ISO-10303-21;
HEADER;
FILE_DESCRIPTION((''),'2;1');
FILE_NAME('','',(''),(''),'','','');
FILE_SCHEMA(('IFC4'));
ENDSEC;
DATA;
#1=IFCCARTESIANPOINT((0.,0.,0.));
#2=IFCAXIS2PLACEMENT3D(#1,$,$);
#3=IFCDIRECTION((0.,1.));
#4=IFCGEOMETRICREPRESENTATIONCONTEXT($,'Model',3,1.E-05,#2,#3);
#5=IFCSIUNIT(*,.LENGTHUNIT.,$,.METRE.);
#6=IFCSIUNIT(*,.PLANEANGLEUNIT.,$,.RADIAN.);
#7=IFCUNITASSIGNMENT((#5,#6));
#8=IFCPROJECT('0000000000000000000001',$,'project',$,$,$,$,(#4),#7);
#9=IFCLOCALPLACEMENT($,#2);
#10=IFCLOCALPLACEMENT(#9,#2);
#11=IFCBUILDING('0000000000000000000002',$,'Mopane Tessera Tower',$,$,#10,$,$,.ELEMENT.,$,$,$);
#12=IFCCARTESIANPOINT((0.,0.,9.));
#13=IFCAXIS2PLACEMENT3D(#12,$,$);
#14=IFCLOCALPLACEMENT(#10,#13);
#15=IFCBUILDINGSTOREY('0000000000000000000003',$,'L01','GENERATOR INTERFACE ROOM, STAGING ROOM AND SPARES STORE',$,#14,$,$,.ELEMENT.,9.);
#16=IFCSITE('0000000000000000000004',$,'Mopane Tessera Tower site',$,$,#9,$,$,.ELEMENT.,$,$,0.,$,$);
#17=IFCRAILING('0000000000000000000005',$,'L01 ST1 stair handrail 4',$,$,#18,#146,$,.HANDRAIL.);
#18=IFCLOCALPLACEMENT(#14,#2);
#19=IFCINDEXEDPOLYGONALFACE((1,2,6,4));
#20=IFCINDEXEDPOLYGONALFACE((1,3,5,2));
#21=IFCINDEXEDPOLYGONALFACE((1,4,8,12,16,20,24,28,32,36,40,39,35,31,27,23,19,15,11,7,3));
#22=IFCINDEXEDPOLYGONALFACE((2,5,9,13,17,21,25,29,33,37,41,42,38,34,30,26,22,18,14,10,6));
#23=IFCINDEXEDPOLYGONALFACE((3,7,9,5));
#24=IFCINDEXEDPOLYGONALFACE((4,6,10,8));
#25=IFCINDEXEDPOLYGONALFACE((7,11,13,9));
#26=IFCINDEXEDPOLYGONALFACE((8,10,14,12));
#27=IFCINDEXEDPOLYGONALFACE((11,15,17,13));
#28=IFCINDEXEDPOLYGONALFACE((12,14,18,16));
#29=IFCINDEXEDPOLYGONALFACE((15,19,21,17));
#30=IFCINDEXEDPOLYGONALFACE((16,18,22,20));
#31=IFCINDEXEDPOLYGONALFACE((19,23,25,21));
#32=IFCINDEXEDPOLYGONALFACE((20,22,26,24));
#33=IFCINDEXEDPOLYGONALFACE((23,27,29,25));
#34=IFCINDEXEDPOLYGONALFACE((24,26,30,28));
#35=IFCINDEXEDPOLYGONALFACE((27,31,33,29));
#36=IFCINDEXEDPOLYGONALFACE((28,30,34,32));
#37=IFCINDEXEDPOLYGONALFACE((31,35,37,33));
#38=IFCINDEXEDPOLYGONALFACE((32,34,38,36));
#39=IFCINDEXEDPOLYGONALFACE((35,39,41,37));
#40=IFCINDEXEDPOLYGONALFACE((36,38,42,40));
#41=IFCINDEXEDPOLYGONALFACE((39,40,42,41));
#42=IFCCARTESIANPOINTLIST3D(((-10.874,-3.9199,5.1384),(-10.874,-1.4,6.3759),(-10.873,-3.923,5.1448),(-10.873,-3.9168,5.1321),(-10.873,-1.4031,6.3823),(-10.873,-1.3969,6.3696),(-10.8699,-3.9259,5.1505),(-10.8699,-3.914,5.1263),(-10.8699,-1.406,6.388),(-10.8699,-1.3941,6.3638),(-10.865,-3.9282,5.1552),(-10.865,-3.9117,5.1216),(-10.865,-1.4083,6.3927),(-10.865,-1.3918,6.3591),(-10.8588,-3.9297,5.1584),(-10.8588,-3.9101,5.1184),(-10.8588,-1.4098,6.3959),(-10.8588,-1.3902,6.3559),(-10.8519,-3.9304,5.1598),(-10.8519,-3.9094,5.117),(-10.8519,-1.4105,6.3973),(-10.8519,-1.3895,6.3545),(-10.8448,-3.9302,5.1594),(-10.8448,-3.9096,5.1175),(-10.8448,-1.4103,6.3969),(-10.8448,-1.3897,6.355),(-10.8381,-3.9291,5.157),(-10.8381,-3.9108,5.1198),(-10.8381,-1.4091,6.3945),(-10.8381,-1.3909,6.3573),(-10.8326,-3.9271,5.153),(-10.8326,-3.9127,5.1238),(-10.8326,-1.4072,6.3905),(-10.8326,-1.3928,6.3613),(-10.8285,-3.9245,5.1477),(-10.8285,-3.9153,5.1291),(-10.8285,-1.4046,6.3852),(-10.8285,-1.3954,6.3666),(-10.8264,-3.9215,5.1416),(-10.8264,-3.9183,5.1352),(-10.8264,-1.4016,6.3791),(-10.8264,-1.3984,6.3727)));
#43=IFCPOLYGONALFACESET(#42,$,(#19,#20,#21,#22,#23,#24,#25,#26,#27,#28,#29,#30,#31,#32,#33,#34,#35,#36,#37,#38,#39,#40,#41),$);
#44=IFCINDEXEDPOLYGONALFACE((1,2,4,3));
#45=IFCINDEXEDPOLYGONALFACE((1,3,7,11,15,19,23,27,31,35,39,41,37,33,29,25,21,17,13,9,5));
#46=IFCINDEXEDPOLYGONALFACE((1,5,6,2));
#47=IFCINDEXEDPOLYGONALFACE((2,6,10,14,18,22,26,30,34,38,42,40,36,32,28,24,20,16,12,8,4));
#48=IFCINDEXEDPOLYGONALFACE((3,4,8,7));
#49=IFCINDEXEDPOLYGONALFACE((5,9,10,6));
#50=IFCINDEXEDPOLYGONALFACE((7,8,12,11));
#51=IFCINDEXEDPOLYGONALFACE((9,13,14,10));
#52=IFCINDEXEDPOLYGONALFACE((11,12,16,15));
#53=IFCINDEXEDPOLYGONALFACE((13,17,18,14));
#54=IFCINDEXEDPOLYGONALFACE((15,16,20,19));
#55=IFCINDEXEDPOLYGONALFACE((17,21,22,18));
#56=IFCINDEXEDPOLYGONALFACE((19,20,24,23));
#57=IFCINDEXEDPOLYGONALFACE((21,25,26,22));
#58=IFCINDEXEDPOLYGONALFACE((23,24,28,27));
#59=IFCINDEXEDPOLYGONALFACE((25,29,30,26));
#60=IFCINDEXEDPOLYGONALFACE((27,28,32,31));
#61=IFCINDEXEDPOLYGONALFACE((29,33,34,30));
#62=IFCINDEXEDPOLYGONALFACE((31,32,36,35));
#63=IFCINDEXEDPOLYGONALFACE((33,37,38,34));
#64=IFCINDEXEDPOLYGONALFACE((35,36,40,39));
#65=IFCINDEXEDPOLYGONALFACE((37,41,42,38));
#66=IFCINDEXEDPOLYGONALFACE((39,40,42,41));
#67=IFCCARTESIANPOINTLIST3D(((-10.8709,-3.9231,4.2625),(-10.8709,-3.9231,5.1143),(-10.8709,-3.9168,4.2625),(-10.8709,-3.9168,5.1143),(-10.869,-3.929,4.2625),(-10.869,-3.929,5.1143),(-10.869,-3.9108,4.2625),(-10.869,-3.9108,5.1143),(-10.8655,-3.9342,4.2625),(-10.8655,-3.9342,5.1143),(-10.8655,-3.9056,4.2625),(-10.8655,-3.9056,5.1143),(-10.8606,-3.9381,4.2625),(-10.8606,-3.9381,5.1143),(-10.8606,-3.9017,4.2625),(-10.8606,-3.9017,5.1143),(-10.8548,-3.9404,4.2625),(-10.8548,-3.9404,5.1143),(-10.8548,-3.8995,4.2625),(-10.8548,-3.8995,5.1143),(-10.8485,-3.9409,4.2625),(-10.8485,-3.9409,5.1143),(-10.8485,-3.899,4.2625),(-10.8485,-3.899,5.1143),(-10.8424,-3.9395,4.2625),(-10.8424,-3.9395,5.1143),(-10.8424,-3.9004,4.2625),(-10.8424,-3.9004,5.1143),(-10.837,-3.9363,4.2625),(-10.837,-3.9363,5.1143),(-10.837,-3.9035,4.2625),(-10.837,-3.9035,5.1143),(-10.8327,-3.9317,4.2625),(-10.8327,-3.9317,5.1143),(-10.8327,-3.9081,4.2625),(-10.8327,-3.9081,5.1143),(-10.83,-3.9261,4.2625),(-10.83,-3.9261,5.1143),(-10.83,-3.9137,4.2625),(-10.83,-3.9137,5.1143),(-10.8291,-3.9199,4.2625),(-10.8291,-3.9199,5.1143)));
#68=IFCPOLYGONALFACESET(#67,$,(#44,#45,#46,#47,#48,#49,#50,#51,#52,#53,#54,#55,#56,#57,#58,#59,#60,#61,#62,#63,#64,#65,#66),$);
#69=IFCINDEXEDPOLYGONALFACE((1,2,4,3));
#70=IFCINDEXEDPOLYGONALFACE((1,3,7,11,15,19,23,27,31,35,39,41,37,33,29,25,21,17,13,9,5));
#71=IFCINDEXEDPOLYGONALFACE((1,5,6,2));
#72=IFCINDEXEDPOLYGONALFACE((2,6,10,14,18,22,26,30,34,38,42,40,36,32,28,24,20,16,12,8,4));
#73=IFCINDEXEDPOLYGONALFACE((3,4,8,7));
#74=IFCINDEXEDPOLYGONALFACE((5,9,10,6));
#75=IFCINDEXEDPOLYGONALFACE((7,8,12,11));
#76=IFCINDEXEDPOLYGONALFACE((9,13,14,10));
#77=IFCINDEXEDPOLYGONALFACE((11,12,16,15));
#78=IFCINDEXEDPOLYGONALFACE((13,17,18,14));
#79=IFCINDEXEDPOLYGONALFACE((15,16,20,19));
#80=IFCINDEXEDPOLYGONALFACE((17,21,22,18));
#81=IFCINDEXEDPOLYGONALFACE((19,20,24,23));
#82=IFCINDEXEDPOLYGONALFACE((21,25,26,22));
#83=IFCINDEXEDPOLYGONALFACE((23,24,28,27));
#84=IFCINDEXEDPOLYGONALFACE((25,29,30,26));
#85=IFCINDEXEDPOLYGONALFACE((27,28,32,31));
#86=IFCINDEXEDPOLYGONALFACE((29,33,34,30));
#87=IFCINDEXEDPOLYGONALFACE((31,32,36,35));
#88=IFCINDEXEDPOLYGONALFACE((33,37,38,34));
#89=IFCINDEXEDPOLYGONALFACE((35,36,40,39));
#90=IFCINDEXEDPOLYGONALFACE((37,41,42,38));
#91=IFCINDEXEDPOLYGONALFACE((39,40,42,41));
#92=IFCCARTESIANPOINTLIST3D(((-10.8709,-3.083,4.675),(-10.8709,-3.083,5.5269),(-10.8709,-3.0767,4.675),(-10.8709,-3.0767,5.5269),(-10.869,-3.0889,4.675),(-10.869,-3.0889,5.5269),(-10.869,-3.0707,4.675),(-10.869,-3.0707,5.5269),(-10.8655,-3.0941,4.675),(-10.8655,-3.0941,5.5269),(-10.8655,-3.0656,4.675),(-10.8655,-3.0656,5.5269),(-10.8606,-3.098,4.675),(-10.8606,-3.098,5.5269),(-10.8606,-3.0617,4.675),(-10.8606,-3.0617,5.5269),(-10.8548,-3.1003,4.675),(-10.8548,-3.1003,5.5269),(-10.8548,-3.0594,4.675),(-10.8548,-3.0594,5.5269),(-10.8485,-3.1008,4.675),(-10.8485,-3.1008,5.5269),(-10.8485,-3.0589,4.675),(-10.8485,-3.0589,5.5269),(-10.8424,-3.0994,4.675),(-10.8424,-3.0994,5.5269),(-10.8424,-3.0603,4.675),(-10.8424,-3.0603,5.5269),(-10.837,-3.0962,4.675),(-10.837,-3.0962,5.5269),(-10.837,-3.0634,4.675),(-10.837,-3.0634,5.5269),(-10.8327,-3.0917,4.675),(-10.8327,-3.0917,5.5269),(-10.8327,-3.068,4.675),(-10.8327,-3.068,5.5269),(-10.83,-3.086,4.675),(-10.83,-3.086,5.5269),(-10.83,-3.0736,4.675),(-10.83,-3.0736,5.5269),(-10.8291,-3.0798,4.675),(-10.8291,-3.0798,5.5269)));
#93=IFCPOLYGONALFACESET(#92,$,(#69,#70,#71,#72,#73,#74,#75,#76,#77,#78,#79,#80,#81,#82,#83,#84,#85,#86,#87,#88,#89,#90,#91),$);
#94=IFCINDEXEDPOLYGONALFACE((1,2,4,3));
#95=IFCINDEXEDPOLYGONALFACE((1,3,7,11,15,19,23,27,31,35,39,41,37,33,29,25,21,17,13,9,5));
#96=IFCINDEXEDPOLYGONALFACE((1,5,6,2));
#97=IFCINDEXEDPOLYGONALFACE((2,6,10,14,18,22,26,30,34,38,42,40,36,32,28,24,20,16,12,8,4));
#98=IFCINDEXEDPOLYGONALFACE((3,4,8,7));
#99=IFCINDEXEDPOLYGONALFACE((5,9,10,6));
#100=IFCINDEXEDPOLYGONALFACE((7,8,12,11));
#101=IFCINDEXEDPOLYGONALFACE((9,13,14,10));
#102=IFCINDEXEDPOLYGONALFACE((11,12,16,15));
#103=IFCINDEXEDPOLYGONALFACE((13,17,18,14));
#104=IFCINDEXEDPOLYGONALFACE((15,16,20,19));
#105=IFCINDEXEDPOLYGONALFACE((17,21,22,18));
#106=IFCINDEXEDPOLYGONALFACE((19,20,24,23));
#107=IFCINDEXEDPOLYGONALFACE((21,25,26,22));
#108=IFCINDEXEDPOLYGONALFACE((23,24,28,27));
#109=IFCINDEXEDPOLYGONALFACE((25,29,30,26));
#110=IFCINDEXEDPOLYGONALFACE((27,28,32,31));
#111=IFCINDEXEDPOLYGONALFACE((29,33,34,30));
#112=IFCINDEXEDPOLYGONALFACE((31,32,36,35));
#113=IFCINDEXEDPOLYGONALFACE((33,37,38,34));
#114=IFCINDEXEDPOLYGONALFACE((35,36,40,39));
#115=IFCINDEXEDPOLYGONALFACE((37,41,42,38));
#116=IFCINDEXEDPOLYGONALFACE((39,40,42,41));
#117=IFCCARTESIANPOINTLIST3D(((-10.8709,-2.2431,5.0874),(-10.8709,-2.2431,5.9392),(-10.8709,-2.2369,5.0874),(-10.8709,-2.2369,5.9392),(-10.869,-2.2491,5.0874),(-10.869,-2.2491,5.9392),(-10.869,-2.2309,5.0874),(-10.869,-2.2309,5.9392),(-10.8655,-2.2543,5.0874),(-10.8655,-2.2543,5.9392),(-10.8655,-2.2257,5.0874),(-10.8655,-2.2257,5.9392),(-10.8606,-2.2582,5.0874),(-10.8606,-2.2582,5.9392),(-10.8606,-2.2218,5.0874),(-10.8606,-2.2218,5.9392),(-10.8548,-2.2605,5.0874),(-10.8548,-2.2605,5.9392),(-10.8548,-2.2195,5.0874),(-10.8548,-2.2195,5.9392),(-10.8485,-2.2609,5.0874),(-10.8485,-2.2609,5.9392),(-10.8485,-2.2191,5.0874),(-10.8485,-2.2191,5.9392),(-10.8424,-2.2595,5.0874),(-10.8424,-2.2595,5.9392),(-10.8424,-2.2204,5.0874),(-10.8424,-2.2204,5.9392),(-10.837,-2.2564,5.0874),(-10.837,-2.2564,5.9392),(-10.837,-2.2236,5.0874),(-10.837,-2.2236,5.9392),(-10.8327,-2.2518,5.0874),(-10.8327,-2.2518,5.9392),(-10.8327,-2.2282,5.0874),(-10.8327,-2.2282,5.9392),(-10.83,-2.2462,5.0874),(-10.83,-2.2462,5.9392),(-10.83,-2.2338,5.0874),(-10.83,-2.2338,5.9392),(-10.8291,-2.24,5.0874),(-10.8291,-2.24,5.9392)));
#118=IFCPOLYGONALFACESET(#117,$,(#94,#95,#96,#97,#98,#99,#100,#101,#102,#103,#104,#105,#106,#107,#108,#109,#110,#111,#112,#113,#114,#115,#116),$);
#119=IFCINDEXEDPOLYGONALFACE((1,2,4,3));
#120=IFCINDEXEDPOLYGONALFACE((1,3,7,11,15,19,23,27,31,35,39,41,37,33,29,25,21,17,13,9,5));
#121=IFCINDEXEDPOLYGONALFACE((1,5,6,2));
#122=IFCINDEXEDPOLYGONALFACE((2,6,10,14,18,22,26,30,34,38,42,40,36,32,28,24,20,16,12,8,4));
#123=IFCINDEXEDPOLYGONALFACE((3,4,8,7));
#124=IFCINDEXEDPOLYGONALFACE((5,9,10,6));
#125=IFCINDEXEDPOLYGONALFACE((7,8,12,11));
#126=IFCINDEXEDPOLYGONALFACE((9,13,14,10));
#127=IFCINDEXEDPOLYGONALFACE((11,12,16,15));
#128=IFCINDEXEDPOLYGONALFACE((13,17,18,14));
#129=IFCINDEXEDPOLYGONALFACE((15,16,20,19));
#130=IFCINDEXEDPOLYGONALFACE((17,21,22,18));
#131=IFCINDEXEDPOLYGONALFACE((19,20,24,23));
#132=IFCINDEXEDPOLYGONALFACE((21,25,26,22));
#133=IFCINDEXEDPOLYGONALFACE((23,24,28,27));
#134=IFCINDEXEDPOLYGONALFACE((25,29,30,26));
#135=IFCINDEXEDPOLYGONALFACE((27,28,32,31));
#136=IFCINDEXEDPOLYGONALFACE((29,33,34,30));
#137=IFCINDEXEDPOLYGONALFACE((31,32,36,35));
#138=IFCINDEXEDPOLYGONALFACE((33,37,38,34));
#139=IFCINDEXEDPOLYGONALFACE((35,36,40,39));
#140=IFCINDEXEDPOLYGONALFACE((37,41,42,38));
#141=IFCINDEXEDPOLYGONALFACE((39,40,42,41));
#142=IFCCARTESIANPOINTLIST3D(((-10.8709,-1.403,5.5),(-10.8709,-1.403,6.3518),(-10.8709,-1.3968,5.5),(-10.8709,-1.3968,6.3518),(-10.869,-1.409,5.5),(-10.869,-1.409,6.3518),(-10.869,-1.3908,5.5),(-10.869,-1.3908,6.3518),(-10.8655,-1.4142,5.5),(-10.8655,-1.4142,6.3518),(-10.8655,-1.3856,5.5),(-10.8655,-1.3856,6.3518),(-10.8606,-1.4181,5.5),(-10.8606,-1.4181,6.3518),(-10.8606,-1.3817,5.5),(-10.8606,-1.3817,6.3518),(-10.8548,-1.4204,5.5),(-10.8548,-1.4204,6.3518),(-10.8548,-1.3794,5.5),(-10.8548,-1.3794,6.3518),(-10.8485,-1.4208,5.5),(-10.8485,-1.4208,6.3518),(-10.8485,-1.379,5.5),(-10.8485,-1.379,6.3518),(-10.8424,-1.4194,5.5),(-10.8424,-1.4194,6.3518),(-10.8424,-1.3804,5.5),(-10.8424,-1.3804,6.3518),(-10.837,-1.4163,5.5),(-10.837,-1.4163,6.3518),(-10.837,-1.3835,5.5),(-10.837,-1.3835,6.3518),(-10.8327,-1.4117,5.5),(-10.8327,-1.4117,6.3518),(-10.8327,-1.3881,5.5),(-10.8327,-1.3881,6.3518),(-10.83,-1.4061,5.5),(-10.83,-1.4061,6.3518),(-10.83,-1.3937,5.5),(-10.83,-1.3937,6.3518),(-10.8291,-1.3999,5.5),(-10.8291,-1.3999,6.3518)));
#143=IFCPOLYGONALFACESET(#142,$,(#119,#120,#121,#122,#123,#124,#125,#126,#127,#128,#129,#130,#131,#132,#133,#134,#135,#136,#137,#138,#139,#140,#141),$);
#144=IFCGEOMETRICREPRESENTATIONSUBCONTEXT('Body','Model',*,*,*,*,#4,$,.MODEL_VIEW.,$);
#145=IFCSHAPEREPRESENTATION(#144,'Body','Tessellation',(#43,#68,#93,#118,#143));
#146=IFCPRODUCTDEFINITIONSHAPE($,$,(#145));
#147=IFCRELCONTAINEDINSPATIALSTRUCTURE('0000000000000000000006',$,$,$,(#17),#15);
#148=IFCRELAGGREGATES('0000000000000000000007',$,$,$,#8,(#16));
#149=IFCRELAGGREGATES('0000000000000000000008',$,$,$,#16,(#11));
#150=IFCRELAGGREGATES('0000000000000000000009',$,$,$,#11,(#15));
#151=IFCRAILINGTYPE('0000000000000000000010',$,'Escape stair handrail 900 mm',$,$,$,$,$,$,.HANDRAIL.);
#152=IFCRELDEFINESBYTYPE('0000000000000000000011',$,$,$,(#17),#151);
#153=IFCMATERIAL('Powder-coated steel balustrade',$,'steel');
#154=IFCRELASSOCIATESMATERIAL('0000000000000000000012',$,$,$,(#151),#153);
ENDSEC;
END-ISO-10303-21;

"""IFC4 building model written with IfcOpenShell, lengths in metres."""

from ifc_helpers import new_model, si_unit, direction, frame, origin, origin_2d, place, context, subcontext, project, spatial, circle, extrude, material, type_object, element, save


model = new_model("IFC4")

# Units and contexts
model_context = context("Model", 3, precision=1e-05, world=origin(), true_north=direction((0.0, 1.0)))
body_context = subcontext(model_context, "Body", "Model", "MODEL_VIEW")
ifc_project = project(units=[si_unit("LENGTHUNIT", "METRE"), si_unit("PLANEANGLEUNIT", "RADIAN")], contexts=[model_context])

# Site, building, storey
site_placement = place(None, origin())
site = spatial("IfcSite", under=ifc_project, at=site_placement, Name="Mopane Tessera Tower site", CompositionType="ELEMENT", RefElevation=0.0)
building_placement = place(site_placement, origin())
building = spatial("IfcBuilding", under=site, at=building_placement, Name="Mopane Tessera Tower", CompositionType="ELEMENT")
storey_placement = place(building_placement, frame((0.0, 0.0, 9.0)))
storey = spatial("IfcBuildingStorey", under=building, at=storey_placement, Name="L01", Description="GENERATOR INTERFACE ROOM, STAGING ROOM AND SPARES STORE", CompositionType="ELEMENT", Elevation=9.0)

# Railing
ifc_material_1 = material(Name="Powder-coated steel balustrade", Category="steel")
railing_type_1 = type_object("IfcRailingType", Name="Escape stair handrail 900 mm", PredefinedType="HANDRAIL", material=ifc_material_1)
railing_1_placement = place(storey_placement, frame((-10.8501, -3.9199, 4.2625)))
element("IfcRailing", 1, at=railing_1_placement, inside=storey, type_object=railing_type_1, Name="L01 ST1 stair handrail 4", PredefinedType="HANDRAIL", context=body_context, shape_type="SweptSolid", body=[
    extrude(circle(Radius=0.0239, at=origin_2d()), frame((0.0, 0.0, 0.876), z_axis=(0.0, 0.897604, 0.440802), x_axis=(-1.0, 0.0, 0.0)), (0.0, 0.0, 1.0), 2.8074),
    extrude(circle(Radius=0.021, at=origin_2d()), origin(), (0.0, 0.0, 1.0), 0.8518),
    extrude(circle(Radius=0.021, at=origin_2d()), frame((0.0, 0.8401, 0.4126)), (0.0, 0.0, 1.0), 0.8518),
    extrude(circle(Radius=0.021, at=origin_2d()), frame((0.0, 1.6799, 0.825)), (0.0, 0.0, 1.0), 0.8518),
    extrude(circle(Radius=0.021, at=origin_2d()), frame((0.0, 2.52, 1.2375)), (0.0, 0.0, 1.0), 0.8518),
])

save(model, "model.ifc")
